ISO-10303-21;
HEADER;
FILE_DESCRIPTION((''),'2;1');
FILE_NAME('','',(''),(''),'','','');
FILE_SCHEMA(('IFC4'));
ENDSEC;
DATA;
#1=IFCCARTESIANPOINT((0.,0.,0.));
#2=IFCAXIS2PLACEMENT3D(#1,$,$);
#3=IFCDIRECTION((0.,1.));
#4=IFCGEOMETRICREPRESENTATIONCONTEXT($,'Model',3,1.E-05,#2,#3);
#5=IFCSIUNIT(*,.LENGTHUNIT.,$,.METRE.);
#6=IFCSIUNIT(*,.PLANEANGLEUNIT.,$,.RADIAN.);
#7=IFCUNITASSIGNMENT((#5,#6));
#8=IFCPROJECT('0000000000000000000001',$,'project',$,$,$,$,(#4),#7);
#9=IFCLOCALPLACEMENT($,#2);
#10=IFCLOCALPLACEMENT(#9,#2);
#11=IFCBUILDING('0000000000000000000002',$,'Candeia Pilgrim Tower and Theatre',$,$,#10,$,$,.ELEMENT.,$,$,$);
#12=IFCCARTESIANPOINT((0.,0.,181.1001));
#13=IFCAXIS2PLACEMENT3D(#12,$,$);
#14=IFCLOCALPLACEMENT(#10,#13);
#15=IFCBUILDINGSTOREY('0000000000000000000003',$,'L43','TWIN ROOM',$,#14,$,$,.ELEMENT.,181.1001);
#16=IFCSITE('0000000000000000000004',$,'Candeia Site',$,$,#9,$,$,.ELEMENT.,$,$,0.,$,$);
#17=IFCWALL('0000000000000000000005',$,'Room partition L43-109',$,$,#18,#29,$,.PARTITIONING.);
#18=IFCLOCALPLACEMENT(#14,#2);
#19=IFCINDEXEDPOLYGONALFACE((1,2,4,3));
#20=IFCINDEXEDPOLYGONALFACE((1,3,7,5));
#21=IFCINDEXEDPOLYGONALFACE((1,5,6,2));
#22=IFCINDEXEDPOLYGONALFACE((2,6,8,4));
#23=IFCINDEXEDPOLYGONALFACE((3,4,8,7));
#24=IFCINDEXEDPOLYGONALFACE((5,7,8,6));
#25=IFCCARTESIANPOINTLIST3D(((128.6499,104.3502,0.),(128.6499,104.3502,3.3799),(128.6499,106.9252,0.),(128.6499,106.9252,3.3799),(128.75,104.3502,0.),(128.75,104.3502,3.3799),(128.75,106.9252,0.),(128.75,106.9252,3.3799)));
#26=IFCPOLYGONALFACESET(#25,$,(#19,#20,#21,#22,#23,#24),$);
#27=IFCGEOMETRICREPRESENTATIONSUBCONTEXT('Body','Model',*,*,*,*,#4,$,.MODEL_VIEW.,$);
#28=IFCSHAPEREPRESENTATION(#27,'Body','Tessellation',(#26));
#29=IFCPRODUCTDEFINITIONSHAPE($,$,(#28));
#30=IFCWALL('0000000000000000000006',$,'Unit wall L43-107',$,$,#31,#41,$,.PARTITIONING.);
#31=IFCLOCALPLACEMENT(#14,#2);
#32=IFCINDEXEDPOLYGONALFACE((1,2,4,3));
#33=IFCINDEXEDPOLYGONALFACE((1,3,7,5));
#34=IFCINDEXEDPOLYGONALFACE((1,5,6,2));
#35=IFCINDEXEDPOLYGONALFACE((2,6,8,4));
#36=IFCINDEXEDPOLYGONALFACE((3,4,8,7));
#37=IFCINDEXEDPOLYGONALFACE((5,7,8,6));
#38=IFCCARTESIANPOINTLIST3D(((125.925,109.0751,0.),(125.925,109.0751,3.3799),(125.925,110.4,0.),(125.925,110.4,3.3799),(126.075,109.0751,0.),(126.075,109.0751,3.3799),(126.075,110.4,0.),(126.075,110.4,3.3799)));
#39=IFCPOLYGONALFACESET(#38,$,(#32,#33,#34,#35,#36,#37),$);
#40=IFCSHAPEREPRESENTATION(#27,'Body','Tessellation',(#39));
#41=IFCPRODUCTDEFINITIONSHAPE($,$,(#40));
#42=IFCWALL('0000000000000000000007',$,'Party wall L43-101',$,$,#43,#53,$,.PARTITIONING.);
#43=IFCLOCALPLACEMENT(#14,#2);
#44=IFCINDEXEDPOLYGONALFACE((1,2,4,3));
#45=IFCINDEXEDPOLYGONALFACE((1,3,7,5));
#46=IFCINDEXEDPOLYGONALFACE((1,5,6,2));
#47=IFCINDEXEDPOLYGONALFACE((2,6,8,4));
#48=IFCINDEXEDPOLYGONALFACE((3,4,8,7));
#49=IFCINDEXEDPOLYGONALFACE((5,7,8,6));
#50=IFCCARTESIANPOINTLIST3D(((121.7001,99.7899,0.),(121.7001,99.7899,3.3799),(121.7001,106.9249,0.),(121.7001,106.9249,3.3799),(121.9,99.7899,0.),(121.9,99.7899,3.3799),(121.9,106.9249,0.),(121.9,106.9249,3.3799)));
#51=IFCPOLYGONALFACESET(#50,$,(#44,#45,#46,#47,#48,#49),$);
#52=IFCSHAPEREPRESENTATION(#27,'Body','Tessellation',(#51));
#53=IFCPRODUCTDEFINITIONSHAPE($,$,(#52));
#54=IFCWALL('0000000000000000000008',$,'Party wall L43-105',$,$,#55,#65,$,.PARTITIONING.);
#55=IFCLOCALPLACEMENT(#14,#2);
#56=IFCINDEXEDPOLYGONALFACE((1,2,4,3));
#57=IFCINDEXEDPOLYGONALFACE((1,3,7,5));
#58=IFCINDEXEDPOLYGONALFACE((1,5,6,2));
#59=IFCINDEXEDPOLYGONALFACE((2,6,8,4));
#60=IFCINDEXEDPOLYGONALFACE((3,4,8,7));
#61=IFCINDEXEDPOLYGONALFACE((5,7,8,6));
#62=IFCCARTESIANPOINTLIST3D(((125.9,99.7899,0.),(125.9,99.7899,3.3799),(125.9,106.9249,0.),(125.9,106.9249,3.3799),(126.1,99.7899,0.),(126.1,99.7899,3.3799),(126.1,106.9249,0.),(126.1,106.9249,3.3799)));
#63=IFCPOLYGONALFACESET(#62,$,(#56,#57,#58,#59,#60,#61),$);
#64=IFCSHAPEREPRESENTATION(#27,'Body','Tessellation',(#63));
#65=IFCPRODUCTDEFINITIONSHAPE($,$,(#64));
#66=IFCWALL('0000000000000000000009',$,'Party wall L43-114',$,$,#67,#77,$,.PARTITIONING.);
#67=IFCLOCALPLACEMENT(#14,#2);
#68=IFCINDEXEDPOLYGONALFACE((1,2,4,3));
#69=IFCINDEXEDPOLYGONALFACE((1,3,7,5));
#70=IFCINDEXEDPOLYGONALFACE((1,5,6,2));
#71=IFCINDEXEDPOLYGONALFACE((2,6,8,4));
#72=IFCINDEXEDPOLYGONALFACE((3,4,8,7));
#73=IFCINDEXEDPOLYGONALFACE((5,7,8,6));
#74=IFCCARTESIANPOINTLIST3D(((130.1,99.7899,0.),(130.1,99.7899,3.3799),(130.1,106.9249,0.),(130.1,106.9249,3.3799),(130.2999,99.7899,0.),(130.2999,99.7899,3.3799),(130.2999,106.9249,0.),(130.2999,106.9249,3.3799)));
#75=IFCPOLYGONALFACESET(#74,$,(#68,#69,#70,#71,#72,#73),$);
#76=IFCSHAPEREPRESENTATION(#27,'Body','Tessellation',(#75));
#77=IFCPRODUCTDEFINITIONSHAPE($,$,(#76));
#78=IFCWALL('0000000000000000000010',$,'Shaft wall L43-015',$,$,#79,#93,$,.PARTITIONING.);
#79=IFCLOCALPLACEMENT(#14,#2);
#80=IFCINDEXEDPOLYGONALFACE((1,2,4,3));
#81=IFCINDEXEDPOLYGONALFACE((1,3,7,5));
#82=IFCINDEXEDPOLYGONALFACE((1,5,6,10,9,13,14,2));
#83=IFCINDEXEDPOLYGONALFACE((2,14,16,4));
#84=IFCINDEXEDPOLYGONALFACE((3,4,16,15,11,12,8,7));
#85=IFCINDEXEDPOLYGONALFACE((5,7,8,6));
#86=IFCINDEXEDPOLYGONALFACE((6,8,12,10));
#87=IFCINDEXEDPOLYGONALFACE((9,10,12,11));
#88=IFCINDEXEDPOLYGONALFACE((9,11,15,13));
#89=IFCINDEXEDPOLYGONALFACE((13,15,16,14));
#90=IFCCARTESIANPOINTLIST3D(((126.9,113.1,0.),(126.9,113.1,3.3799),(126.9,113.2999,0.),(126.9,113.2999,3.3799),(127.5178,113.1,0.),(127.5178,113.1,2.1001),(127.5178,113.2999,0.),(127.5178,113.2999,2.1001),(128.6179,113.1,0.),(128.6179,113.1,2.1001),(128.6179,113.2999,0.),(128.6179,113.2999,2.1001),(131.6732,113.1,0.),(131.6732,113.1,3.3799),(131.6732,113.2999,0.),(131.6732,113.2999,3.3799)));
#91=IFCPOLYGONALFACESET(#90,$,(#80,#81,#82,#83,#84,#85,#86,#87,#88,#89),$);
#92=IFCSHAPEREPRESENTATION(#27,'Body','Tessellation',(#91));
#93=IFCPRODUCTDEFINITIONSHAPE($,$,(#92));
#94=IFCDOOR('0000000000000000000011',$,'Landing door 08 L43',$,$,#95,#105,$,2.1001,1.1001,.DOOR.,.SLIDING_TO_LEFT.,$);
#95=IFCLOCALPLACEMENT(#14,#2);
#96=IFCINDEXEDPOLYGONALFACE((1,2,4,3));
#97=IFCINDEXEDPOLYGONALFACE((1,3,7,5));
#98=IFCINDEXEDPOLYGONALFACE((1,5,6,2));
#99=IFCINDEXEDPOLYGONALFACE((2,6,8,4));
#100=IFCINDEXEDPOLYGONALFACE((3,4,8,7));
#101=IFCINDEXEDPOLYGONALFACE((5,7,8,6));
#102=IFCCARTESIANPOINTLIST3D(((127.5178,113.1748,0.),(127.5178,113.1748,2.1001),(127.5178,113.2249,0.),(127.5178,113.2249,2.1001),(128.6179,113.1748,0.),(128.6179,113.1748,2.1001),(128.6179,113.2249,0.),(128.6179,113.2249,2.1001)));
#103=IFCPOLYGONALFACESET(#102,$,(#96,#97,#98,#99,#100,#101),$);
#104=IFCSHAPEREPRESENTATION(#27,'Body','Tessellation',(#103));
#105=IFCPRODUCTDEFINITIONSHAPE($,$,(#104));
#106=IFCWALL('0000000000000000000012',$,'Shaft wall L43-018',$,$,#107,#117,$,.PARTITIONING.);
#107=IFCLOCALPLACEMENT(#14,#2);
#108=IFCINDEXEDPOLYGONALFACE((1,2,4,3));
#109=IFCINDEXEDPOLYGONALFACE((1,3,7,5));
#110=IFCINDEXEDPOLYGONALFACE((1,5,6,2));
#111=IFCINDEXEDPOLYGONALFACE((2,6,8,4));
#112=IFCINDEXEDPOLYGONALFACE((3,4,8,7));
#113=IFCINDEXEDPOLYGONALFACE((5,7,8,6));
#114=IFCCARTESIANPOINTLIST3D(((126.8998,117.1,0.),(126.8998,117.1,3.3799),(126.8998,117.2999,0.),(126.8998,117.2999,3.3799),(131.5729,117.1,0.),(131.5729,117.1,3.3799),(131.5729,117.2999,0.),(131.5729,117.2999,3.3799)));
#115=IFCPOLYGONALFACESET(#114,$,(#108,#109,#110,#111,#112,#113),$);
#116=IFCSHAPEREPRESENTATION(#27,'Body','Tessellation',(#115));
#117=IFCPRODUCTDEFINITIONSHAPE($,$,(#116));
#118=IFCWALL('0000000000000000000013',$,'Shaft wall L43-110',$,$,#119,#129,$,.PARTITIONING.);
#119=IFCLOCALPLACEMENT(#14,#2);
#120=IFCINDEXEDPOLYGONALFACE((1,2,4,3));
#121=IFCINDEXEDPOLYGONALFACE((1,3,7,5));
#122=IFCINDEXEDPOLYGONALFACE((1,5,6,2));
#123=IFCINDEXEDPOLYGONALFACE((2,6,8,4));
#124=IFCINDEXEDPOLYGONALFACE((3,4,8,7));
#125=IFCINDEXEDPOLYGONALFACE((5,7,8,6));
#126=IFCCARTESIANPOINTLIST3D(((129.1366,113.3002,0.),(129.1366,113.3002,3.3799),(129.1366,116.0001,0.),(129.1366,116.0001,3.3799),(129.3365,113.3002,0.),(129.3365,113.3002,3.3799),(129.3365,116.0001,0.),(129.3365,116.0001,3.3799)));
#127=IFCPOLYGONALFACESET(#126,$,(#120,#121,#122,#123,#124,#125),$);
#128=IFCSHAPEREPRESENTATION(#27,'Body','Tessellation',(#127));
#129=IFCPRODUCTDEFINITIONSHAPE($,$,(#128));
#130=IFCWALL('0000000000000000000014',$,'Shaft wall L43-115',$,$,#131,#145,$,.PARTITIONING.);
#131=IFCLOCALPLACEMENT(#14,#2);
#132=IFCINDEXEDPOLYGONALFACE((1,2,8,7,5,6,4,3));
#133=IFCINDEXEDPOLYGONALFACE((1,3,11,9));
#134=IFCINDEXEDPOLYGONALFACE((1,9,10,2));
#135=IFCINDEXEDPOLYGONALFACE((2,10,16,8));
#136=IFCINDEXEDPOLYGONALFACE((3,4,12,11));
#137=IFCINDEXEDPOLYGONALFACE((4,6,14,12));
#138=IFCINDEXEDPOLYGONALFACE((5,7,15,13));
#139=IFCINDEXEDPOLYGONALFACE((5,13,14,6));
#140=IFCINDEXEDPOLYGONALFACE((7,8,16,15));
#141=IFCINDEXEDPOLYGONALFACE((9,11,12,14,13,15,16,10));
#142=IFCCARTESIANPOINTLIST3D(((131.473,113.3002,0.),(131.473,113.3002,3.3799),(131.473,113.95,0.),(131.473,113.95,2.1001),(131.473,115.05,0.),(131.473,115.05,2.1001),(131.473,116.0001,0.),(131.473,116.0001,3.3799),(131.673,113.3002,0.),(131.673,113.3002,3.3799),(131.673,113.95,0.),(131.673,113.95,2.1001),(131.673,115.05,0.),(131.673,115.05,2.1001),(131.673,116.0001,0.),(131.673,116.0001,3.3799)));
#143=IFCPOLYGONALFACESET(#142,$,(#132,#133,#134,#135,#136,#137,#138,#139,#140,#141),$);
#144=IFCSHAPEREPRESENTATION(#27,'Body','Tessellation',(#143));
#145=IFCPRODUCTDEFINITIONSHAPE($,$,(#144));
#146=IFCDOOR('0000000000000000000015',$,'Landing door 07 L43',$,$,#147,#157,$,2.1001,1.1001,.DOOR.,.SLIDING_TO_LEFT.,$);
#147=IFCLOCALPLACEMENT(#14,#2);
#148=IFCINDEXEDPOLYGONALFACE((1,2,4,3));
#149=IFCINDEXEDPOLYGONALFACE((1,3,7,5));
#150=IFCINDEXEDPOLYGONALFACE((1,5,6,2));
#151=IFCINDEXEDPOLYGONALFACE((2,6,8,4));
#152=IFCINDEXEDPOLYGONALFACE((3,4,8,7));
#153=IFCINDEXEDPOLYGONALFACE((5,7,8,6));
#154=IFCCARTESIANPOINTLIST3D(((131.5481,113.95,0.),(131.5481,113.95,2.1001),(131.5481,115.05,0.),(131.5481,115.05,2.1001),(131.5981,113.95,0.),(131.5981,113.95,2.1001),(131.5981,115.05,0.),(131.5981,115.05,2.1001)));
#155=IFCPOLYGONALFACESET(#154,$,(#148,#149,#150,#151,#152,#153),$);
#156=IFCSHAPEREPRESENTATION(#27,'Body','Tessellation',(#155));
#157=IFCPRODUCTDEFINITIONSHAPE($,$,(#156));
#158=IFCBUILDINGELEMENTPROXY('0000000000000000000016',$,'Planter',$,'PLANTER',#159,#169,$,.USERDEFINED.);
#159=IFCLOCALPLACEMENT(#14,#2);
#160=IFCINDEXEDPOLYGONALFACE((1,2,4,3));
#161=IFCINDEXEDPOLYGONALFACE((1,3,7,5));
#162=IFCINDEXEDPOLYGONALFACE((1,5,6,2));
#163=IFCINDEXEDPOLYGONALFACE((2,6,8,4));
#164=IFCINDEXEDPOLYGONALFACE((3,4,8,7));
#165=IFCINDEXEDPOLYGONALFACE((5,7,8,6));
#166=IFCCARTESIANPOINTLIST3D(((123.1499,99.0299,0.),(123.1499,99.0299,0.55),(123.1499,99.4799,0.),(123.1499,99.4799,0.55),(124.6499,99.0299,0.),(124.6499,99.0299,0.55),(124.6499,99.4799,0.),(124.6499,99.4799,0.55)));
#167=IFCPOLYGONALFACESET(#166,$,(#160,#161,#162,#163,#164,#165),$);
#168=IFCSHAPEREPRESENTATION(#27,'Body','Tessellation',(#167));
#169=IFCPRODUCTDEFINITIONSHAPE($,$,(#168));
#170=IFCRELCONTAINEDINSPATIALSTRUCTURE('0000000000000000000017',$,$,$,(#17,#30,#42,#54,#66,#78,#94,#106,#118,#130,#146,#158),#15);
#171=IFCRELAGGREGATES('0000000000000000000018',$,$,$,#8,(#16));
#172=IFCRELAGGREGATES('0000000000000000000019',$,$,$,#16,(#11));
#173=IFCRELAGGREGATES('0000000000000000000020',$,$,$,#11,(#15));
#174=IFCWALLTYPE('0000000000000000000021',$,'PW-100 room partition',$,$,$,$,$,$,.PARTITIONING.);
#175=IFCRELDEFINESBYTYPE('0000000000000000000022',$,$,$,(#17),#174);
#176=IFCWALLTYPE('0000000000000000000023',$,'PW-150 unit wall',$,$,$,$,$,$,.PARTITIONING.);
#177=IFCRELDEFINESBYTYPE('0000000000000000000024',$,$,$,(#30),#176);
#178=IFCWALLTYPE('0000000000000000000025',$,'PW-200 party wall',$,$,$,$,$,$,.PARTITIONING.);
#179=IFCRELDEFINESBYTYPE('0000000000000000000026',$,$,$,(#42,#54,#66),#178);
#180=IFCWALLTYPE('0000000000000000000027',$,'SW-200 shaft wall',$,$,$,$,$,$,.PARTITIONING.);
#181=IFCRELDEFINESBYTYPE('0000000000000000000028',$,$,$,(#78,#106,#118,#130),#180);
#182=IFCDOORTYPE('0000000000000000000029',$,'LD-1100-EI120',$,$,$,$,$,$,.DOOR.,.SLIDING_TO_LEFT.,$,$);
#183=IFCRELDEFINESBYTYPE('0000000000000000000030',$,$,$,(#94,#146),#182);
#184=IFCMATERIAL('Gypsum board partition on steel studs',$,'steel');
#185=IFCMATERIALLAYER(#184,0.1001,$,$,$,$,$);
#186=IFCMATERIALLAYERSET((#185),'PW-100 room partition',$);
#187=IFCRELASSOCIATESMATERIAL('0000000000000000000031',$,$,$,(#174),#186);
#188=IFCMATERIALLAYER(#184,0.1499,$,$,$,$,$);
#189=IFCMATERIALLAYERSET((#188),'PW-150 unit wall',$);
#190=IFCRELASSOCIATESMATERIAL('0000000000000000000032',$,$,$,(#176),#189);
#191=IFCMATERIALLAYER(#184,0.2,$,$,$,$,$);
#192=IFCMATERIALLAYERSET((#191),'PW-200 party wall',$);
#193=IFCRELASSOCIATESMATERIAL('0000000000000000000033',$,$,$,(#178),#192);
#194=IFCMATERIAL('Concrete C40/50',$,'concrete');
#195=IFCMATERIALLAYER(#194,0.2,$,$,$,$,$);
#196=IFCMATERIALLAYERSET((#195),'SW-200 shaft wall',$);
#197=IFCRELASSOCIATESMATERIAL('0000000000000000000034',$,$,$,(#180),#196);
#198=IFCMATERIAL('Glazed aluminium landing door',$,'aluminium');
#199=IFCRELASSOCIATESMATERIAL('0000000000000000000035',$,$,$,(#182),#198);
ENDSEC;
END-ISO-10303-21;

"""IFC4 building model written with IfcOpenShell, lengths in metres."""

from ifc_helpers import new_model, si_unit, direction, frame, frame_2d, origin, origin_2d, place, context, subcontext, project, spatial, rectangle, extrude, material, layer, layer_set, type_object, element, fill, save


model = new_model("IFC4")

# Units and contexts
model_context = context("Model", 3, precision=1e-05, world=origin(), true_north=direction((0.0, 1.0)))
body_context = subcontext(model_context, "Body", "Model", "MODEL_VIEW")
ifc_project = project(units=[si_unit("LENGTHUNIT", "METRE"), si_unit("PLANEANGLEUNIT", "RADIAN")], contexts=[model_context])

# Site, building, storey
site_placement = place(None, origin())
site = spatial("IfcSite", under=ifc_project, at=site_placement, Name="Candeia Site", CompositionType="ELEMENT", RefElevation=0.0)
building_placement = place(site_placement, origin())
building = spatial("IfcBuilding", under=site, at=building_placement, Name="Candeia Pilgrim Tower and Theatre", CompositionType="ELEMENT")
storey_placement = place(building_placement, frame((0.0, 0.0, 181.1001)))
storey = spatial("IfcBuildingStorey", under=building, at=storey_placement, Name="L43", Description="TWIN ROOM", CompositionType="ELEMENT", Elevation=181.1001)

# Shared definitions
ifc_material_1 = material(Name="Gypsum board partition on steel studs", Category="steel")
ifc_layer_1 = layer(ifc_material_1, 0.1001)
ifc_layer_set_1 = layer_set([ifc_layer_1], Name="PW-100 room partition")
wall_type_1 = type_object("IfcWallType", Name="PW-100 room partition", PredefinedType="PARTITIONING", material=ifc_layer_set_1)

# Walls
wall_1_placement = place(storey_placement, frame((128.7, 104.3501, 0.0), z_axis=(0.0, 0.0, 1.0), x_axis=(0.0, 1.0, 0.0)))
element("IfcWall", 1, at=wall_1_placement, inside=storey, type_object=wall_type_1, Name="Room partition L43-109", PredefinedType="PARTITIONING", context=body_context, shape_type="SweptSolid", body=[
    extrude(rectangle(XDim=2.575, YDim=0.1001, at=frame_2d((1.2876, 0.0))), origin(), (0.0, 0.0, 1.0), 3.3799),
])
ifc_layer_2 = layer(ifc_material_1, 0.1499)
ifc_layer_set_2 = layer_set([ifc_layer_2], Name="PW-150 unit wall")
wall_type_2 = type_object("IfcWallType", Name="PW-150 unit wall", PredefinedType="PARTITIONING", material=ifc_layer_set_2)
wall_2_placement = place(storey_placement, frame((126.0, 109.075, 0.0), z_axis=(0.0, 0.0, 1.0), x_axis=(0.0, 1.0, 0.0)))
element("IfcWall", 2, at=wall_2_placement, inside=storey, type_object=wall_type_2, Name="Unit wall L43-107", PredefinedType="PARTITIONING", context=body_context, shape_type="SweptSolid", body=[
    extrude(rectangle(XDim=1.325, YDim=0.1499, at=frame_2d((0.6626, 0.0))), origin(), (0.0, 0.0, 1.0), 3.3799),
])
ifc_layer_3 = layer(ifc_material_1, 0.2)
ifc_layer_set_3 = layer_set([ifc_layer_3], Name="PW-200 party wall")
wall_type_3 = type_object("IfcWallType", Name="PW-200 party wall", PredefinedType="PARTITIONING", material=ifc_layer_set_3)
for number, where, z_axis, x_axis, name in (
    (3, (121.8, 99.79, 0.0), (0.0, 0.0, 1.0), (0.0, 1.0, 0.0), "Party wall L43-101"),
    (4, (126.0, 99.79, 0.0), (0.0, 0.0, 1.0), (0.0, 1.0, 0.0), "Party wall L43-105"),
    (5, (130.2, 99.79, 0.0), (0.0, 0.0, 1.0), (0.0, 1.0, 0.0), "Party wall L43-114"),
):
    element("IfcWall", number, at=place(storey_placement, frame(where, z_axis=z_axis, x_axis=x_axis)), inside=storey, type_object=wall_type_3, Name=name, PredefinedType="PARTITIONING", context=body_context, shape_type="SweptSolid", body=[
        extrude(rectangle(XDim=7.135, YDim=0.2, at=frame_2d((3.5674, 0.0))), origin(), (0.0, 0.0, 1.0), 3.3799),
    ])

# Wall, opening, door
ifc_material_2 = material(Name="Concrete C40/50", Category="concrete")
ifc_layer_4 = layer(ifc_material_2, 0.2)
ifc_layer_set_4 = layer_set([ifc_layer_4], Name="SW-200 shaft wall")
wall_type_4 = type_object("IfcWallType", Name="SW-200 shaft wall", PredefinedType="PARTITIONING", material=ifc_layer_set_4)
wall_3_placement = place(storey_placement, frame((126.8999, 113.2, 0.0), z_axis=(0.0, 0.0, 1.0), x_axis=(1.0, 0.0, 0.0)))
wall_3 = element("IfcWall", 6, at=wall_3_placement, inside=storey, type_object=wall_type_4, Name="Shaft wall L43-015", PredefinedType="PARTITIONING", context=body_context, shape_type="SweptSolid", body=[
    extrude(rectangle(XDim=4.7732, YDim=0.2, at=frame_2d((2.3867, 0.0))), origin(), (0.0, 0.0, 1.0), 3.3799),
])
opening_1_placement = place(wall_3_placement, frame((0.6179, 0.0, 0.0)))
opening_1 = element("IfcOpeningElement", 7, at=opening_1_placement, cuts=wall_3, PredefinedType="OPENING", context=body_context, shape_type="SweptSolid", body=[
    extrude(rectangle(XDim=1.1001, YDim=2.1001, at=frame_2d((0.55, 1.05))), frame((0.0, 0.1099, 0.0), z_axis=(0.0, -1.0, 0.0), x_axis=(1.0, 0.0, 0.0)), (0.0, 0.0, 1.0), 0.22),
])
ifc_material_3 = material(Name="Glazed aluminium landing door", Category="aluminium")
door_type_1 = type_object("IfcDoorType", Name="LD-1100-EI120", OperationType="SLIDING_TO_LEFT", PredefinedType="DOOR", material=ifc_material_3)
door_1_placement = place(opening_1_placement, origin())
door_1 = element("IfcDoor", 8, at=door_1_placement, inside=storey, type_object=door_type_1, Name="Landing door 08 L43", OperationType="SLIDING_TO_LEFT", OverallHeight=2.1001, OverallWidth=1.1001, PredefinedType="DOOR", context=body_context, shape_type="SweptSolid", body=[
    extrude(rectangle(XDim=1.1001, YDim=2.1001, at=frame_2d((0.55, 1.05))), frame((0.0, 0.0249, 0.0), z_axis=(0.0, -1.0, 0.0), x_axis=(1.0, 0.0, 0.0)), (0.0, 0.0, 1.0), 0.05),
])
fill(opening_1, door_1)

# Walls
wall_4_placement = place(storey_placement, frame((126.8999, 117.2, 0.0), z_axis=(0.0, 0.0, 1.0), x_axis=(1.0, 0.0, 0.0)))
element("IfcWall", 9, at=wall_4_placement, inside=storey, type_object=wall_type_4, Name="Shaft wall L43-018", PredefinedType="PARTITIONING", context=body_context, shape_type="SweptSolid", body=[
    extrude(rectangle(XDim=4.6731, YDim=0.2, at=frame_2d((2.3364, 0.0))), origin(), (0.0, 0.0, 1.0), 3.3799),
])
wall_5_placement = place(storey_placement, frame((129.2366, 113.3, 0.0), z_axis=(0.0, 0.0, 1.0), x_axis=(0.0, 1.0, 0.0)))
element("IfcWall", 10, at=wall_5_placement, inside=storey, type_object=wall_type_4, Name="Shaft wall L43-110", PredefinedType="PARTITIONING", context=body_context, shape_type="SweptSolid", body=[
    extrude(rectangle(XDim=2.7, YDim=0.2, at=frame_2d((1.3501, 0.0))), origin(), (0.0, 0.0, 1.0), 3.3799),
])

# Wall, opening, door
wall_6_placement = place(storey_placement, frame((131.573, 113.3, 0.0), z_axis=(0.0, 0.0, 1.0), x_axis=(0.0, 1.0, 0.0)))
wall_6 = element("IfcWall", 11, at=wall_6_placement, inside=storey, type_object=wall_type_4, Name="Shaft wall L43-115", PredefinedType="PARTITIONING", context=body_context, shape_type="SweptSolid", body=[
    extrude(rectangle(XDim=2.7, YDim=0.2, at=frame_2d((1.3501, 0.0))), origin(), (0.0, 0.0, 1.0), 3.3799),
])
opening_2_placement = place(wall_6_placement, frame((0.6499, 0.0, 0.0)))
opening_2 = element("IfcOpeningElement", 12, at=opening_2_placement, cuts=wall_6, PredefinedType="OPENING", context=body_context, shape_type="SweptSolid", body=[
    extrude(rectangle(XDim=1.1001, YDim=2.1001, at=frame_2d((0.55, 1.05))), frame((0.0, 0.1099, 0.0), z_axis=(0.0, -1.0, 0.0), x_axis=(1.0, 0.0, 0.0)), (0.0, 0.0, 1.0), 0.22),
])
door_2_placement = place(opening_2_placement, origin())
door_2 = element("IfcDoor", 13, at=door_2_placement, inside=storey, type_object=door_type_1, Name="Landing door 07 L43", OperationType="SLIDING_TO_LEFT", OverallHeight=2.1001, OverallWidth=1.1001, PredefinedType="DOOR", context=body_context, shape_type="SweptSolid", body=[
    extrude(rectangle(XDim=1.1001, YDim=2.1001, at=frame_2d((0.55, 1.05))), frame((0.0, 0.0249, 0.0), z_axis=(0.0, -1.0, 0.0), x_axis=(1.0, 0.0, 0.0)), (0.0, 0.0, 1.0), 0.05),
])
fill(opening_2, door_2)

# Building element proxy
proxy_placement = place(storey_placement, frame((123.8999, 99.2549, 0.0), z_axis=(0.0, 0.0, 1.0), x_axis=(1.0, 0.0, 0.0)))
element("IfcBuildingElementProxy", 14, at=proxy_placement, inside=storey, Name="Planter", ObjectType="PLANTER", PredefinedType="USERDEFINED", context=body_context, shape_type="SweptSolid", body=[
    extrude(rectangle(XDim=1.5, YDim=0.45, at=origin_2d()), origin(), (0.0, 0.0, 1.0), 0.55),
])

save(model, "model.ifc")
